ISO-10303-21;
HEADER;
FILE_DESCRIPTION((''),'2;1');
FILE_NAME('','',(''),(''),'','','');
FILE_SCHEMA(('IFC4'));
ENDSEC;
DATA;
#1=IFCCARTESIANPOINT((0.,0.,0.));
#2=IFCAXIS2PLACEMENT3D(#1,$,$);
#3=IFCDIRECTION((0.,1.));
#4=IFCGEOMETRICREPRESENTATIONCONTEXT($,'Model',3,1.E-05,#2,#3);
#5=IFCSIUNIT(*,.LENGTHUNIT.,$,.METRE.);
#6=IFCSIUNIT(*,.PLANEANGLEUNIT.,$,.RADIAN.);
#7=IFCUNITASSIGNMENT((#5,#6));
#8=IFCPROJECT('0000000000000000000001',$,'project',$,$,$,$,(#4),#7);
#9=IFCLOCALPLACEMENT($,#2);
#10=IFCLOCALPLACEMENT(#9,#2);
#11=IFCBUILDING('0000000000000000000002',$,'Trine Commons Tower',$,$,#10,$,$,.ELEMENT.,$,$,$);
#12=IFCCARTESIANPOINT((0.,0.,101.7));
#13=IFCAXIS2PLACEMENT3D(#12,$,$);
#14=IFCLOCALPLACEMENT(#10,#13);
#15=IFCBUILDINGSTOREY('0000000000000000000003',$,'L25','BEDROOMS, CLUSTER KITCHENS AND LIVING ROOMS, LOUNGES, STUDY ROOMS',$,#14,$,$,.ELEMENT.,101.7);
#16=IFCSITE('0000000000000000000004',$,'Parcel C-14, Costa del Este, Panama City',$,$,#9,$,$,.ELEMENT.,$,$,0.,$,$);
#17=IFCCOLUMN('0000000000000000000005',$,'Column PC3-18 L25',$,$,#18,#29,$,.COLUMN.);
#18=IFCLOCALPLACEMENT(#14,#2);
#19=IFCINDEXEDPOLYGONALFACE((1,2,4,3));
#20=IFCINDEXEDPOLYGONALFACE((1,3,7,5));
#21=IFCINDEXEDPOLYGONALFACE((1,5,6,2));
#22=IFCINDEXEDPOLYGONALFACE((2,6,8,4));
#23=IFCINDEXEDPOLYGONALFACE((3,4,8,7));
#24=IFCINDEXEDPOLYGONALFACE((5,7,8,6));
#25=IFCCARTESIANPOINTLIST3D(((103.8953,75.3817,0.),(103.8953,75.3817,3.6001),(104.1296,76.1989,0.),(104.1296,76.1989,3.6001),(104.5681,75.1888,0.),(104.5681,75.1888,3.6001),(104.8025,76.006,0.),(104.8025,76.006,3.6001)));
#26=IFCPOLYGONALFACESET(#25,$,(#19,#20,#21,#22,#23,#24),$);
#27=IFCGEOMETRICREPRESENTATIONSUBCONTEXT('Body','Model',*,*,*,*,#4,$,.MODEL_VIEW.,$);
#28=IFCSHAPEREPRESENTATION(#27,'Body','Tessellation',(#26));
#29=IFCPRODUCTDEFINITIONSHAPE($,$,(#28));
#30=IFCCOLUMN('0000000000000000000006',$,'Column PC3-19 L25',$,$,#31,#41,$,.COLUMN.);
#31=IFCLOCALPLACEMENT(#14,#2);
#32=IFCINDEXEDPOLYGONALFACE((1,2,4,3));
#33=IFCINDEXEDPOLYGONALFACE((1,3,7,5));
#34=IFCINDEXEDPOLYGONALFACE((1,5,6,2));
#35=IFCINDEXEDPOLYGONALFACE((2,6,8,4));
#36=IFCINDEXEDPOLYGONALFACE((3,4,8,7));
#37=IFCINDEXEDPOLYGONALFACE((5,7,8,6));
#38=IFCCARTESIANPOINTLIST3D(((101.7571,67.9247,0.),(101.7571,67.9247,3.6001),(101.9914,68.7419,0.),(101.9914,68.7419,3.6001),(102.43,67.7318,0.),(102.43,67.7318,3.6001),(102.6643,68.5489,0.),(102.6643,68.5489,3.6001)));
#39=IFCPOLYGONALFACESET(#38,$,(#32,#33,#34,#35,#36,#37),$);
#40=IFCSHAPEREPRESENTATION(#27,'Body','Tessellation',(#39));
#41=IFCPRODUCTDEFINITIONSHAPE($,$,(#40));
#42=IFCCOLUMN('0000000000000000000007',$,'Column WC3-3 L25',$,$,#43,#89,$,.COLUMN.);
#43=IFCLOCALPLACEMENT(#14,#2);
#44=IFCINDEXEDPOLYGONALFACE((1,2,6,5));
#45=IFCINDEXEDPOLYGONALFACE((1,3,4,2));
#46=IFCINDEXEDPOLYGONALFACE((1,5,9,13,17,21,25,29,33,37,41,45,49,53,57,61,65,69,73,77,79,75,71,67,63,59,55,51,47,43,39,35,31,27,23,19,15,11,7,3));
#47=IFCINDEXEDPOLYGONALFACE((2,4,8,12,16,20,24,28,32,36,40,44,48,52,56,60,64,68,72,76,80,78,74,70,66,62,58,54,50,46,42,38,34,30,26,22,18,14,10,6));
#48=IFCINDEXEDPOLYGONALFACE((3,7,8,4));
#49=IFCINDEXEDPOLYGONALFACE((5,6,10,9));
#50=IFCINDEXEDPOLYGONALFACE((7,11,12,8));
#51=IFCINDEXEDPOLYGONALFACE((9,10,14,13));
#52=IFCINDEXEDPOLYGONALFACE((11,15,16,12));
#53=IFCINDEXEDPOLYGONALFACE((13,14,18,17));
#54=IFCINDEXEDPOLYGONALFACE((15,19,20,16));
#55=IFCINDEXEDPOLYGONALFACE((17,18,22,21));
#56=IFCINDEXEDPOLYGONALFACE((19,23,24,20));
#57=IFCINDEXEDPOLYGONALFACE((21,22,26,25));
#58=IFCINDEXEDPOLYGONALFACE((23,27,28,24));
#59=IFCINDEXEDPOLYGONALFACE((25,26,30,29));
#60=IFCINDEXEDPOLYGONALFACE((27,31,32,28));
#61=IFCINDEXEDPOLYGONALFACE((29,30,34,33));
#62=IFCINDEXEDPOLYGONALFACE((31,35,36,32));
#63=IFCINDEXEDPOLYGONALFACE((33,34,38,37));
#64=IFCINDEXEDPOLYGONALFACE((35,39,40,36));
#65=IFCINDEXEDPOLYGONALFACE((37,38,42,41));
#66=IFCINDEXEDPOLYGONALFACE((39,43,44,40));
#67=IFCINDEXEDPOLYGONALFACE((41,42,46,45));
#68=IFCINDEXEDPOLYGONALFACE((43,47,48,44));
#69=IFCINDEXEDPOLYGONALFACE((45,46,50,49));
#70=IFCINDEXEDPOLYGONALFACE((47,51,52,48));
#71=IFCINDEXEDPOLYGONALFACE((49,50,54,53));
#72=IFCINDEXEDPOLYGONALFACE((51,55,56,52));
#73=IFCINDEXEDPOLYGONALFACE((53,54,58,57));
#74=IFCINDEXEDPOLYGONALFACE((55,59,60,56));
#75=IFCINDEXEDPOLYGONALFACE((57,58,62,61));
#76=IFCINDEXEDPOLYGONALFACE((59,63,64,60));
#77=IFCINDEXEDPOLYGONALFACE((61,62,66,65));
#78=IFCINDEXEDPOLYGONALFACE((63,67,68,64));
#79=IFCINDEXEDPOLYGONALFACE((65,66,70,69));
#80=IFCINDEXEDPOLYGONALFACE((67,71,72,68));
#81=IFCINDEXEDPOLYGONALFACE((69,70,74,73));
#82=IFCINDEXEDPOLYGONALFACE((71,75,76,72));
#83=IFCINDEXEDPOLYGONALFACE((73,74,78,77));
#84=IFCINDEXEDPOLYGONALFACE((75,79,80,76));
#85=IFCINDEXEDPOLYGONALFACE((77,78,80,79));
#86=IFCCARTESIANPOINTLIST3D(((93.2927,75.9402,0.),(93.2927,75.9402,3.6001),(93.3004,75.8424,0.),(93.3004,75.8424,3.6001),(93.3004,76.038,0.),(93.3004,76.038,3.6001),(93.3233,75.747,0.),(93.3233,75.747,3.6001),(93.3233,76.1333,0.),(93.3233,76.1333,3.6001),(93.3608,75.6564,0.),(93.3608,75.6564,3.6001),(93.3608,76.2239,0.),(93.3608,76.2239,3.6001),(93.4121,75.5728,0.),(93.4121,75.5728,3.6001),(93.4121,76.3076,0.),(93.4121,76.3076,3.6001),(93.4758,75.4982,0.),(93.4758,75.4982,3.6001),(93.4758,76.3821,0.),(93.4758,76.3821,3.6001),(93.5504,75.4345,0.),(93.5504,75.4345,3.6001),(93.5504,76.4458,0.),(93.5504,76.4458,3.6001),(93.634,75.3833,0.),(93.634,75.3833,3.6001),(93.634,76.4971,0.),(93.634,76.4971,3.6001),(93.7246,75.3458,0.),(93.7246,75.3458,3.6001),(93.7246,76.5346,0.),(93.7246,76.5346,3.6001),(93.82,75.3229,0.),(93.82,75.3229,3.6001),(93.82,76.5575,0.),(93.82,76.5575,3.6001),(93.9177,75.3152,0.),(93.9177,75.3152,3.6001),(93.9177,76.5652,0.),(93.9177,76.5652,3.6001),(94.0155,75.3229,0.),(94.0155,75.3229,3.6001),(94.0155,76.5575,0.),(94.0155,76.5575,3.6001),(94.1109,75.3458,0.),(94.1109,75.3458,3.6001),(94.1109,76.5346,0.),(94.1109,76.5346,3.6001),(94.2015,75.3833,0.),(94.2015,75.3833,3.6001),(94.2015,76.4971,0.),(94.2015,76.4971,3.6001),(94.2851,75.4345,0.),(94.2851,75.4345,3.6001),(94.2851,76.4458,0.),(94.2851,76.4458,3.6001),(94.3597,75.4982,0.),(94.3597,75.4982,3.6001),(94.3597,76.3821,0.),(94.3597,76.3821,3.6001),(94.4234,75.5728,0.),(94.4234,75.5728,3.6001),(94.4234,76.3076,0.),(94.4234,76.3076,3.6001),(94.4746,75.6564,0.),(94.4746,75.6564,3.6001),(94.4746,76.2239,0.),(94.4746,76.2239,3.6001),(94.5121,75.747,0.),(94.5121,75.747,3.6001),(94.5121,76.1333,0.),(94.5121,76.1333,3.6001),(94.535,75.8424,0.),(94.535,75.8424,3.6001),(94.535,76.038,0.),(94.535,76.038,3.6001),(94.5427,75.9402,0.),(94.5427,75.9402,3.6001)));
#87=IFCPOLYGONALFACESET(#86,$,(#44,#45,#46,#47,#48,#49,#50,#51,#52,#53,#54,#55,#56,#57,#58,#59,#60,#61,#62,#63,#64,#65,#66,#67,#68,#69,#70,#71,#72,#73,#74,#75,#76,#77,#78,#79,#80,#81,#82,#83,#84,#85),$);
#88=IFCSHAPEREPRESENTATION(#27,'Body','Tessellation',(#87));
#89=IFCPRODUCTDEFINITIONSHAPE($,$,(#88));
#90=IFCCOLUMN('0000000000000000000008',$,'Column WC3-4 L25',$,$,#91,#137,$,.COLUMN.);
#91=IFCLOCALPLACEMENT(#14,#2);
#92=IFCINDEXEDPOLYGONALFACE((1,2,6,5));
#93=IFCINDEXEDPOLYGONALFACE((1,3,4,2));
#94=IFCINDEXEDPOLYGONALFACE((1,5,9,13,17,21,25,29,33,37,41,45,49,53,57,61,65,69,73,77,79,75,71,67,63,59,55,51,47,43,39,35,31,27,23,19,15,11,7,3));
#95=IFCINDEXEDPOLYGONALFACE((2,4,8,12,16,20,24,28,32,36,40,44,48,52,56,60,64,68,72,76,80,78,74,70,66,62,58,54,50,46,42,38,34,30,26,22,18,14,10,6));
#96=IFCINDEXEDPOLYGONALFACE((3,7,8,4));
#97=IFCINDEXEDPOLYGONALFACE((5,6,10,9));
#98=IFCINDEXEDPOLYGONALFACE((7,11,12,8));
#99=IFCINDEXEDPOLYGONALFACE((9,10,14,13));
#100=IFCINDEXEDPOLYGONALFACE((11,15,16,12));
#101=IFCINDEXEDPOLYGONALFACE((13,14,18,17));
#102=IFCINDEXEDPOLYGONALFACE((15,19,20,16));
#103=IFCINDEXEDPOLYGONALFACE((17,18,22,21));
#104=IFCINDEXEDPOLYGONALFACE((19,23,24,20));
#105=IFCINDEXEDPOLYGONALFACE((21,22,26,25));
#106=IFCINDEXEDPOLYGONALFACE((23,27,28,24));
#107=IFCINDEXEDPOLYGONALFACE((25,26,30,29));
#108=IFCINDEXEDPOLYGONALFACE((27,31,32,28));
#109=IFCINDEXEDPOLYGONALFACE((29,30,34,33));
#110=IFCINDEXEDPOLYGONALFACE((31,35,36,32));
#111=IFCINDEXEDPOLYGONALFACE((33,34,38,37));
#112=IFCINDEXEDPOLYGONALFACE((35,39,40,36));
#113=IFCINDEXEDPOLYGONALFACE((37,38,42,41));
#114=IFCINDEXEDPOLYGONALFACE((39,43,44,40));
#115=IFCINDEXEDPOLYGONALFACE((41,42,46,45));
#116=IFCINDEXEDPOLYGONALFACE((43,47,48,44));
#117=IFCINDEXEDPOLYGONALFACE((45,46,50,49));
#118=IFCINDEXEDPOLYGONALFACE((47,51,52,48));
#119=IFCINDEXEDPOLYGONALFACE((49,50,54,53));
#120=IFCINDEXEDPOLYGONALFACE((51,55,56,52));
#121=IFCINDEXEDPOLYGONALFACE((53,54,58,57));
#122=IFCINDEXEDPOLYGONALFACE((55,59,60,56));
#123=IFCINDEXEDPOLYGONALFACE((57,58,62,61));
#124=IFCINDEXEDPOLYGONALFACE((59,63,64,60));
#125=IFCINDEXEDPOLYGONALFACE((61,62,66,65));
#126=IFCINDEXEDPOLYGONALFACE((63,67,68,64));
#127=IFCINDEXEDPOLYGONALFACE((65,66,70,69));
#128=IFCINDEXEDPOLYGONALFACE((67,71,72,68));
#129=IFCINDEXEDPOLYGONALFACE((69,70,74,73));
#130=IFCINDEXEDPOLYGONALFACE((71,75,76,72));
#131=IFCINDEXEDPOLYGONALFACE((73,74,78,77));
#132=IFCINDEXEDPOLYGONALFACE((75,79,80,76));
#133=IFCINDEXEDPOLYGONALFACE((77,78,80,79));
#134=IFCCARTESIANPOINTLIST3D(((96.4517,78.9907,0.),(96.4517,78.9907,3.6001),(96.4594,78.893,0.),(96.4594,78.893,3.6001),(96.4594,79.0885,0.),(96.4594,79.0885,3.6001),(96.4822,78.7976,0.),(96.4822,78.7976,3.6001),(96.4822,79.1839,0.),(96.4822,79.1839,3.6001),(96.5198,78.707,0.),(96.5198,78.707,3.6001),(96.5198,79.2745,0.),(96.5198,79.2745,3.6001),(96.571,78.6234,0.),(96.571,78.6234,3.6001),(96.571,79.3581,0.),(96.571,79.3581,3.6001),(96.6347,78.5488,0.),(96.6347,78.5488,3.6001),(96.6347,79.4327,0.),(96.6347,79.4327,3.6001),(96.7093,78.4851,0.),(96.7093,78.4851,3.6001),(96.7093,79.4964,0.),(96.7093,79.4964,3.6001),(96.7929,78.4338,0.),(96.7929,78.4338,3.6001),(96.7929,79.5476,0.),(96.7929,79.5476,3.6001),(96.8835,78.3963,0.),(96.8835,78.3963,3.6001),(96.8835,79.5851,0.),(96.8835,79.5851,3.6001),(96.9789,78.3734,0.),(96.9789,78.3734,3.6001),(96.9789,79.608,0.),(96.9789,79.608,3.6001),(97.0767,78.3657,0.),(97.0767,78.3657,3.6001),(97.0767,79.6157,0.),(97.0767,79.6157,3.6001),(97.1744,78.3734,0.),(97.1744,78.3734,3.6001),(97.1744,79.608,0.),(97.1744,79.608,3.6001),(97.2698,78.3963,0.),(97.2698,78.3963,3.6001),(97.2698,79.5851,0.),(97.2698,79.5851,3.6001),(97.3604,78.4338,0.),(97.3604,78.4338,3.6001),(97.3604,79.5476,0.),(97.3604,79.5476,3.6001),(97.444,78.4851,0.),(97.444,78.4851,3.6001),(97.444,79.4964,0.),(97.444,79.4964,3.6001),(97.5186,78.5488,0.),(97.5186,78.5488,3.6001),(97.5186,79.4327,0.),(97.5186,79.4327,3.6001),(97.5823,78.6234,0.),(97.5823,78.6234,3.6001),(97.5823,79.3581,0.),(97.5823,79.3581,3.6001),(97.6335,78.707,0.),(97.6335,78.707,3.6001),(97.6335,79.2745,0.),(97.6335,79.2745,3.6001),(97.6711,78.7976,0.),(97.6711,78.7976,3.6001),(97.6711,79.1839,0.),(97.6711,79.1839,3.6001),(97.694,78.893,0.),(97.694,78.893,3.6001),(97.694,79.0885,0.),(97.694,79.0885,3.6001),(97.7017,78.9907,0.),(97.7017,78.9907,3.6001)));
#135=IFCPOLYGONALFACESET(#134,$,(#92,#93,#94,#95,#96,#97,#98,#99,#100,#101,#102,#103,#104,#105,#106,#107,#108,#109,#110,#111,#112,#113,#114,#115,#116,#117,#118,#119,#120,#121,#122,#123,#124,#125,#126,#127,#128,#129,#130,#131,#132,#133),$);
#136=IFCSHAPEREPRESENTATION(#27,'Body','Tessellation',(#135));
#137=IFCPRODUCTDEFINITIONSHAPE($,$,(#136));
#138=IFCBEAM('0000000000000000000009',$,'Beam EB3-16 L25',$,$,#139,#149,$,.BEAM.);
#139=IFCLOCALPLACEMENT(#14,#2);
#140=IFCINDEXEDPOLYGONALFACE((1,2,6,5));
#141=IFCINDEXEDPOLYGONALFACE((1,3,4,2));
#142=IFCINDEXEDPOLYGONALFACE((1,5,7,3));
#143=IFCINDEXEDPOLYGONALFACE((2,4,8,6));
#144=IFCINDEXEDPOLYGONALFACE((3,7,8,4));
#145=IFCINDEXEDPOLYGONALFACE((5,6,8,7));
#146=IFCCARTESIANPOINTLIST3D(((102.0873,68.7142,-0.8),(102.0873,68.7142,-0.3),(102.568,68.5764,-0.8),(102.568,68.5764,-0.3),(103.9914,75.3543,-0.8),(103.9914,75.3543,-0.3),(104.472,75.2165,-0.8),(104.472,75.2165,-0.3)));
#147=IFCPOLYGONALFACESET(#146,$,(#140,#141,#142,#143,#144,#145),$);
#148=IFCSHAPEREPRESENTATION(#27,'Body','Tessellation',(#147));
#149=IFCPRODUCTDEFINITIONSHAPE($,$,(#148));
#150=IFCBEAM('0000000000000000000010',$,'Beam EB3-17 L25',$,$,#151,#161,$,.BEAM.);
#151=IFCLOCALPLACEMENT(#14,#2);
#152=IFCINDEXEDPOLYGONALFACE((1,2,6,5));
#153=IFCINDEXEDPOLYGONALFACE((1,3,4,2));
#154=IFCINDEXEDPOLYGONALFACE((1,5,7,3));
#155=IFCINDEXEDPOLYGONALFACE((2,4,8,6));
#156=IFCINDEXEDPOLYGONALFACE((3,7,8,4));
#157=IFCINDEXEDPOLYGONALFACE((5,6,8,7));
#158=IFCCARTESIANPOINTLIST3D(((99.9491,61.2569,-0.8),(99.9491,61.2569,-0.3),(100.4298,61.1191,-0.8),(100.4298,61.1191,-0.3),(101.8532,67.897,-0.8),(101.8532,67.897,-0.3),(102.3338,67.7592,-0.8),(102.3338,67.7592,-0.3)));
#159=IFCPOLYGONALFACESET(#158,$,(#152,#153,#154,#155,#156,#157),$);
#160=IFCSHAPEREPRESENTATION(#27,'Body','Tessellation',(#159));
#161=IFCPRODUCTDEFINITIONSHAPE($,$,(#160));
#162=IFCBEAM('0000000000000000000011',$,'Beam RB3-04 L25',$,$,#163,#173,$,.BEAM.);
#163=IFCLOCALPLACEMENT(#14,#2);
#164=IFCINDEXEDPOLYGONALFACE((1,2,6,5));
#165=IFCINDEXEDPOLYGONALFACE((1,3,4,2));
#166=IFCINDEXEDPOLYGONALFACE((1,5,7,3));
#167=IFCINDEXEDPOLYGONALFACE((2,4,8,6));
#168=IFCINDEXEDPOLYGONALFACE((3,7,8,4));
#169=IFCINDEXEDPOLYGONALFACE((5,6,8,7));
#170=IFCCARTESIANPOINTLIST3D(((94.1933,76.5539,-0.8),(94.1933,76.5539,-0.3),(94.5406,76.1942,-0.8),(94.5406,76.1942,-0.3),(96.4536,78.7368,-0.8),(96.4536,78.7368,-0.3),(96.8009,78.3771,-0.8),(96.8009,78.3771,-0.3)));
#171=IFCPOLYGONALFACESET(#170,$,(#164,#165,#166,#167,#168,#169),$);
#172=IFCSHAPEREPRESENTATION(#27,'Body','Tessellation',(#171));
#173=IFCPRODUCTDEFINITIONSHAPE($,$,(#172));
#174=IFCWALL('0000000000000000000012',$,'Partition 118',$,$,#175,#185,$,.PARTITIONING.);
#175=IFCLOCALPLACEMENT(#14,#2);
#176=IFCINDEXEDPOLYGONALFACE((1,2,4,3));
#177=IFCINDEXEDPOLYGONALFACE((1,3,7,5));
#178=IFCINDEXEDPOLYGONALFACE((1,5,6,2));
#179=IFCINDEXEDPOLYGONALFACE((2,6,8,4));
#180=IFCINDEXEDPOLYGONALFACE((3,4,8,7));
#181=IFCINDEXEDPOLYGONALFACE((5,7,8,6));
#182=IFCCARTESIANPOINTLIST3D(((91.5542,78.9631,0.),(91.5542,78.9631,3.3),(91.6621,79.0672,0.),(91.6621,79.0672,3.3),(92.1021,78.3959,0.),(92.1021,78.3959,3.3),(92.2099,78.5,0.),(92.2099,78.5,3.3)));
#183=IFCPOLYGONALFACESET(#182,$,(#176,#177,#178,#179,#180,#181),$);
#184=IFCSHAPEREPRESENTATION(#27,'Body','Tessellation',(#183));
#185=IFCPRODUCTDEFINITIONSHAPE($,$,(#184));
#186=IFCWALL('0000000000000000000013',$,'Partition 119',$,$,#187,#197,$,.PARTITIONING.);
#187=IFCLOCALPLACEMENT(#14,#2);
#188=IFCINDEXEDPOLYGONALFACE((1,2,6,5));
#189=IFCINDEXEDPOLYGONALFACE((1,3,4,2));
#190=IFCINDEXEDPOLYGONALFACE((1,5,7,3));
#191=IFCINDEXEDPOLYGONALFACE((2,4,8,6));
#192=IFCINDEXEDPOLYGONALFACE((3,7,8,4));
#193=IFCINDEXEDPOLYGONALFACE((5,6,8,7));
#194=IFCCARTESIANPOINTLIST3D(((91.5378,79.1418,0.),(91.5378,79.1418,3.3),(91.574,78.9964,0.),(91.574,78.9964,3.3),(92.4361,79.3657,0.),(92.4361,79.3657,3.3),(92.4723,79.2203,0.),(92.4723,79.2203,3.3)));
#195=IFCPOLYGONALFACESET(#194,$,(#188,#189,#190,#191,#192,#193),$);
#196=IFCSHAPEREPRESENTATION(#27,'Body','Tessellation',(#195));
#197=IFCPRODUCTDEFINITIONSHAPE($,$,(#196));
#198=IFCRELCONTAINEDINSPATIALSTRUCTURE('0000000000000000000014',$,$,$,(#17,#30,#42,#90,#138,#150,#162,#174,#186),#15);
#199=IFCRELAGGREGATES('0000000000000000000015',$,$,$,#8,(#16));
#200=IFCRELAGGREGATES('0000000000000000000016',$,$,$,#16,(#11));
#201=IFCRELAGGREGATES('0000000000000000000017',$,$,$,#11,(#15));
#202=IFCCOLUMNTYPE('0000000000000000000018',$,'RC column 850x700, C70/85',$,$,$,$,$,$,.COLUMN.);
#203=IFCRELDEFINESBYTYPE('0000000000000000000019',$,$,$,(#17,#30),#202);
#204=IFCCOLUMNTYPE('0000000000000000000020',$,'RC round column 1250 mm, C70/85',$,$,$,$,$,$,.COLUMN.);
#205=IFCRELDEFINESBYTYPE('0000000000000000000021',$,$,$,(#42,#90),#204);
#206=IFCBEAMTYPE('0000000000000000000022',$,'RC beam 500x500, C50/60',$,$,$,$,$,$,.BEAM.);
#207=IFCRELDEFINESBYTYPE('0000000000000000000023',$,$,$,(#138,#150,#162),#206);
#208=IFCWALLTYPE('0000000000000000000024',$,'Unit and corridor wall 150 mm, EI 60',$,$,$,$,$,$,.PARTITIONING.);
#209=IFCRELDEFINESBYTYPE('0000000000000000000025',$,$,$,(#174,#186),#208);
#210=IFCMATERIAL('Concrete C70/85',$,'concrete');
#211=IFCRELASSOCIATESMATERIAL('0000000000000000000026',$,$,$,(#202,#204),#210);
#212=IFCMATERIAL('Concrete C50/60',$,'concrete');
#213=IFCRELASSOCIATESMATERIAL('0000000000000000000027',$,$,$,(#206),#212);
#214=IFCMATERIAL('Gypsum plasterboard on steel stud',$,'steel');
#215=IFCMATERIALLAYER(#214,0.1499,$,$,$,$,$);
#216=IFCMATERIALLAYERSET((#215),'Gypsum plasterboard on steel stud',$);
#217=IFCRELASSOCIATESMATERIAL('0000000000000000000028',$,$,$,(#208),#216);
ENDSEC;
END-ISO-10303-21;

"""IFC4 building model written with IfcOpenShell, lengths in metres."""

from ifc_helpers import new_model, si_unit, direction, frame, frame_2d, origin, origin_2d, place, context, subcontext, project, spatial, rectangle, circle, extrude, material, layer, layer_set, material_profile, profile_set, type_object, element, save


model = new_model("IFC4")

# Units and contexts
model_context = context("Model", 3, precision=1e-05, world=origin(), true_north=direction((0.0, 1.0)))
body_context = subcontext(model_context, "Body", "Model", "MODEL_VIEW")
ifc_project = project(units=[si_unit("LENGTHUNIT", "METRE"), si_unit("PLANEANGLEUNIT", "RADIAN")], contexts=[model_context])

# Site, building, storey
site_placement = place(None, origin())
site = spatial("IfcSite", under=ifc_project, at=site_placement, Name="Parcel C-14, Costa del Este, Panama City", CompositionType="ELEMENT", RefElevation=0.0)
building_placement = place(site_placement, origin())
building = spatial("IfcBuilding", under=site, at=building_placement, Name="Trine Commons Tower", CompositionType="ELEMENT")
storey_placement = place(building_placement, frame((0.0, 0.0, 101.7)))
storey = spatial("IfcBuildingStorey", under=building, at=storey_placement, Name="L25", Description="BEDROOMS, CLUSTER KITCHENS AND LIVING ROOMS, LOUNGES, STUDY ROOMS", CompositionType="ELEMENT", Elevation=101.7)

# Columns
ifc_material_1 = material(Name="Concrete C70/85", Category="concrete")
ifc_material_profile_1 = material_profile(ifc_material_1, rectangle(XDim=0.8501, YDim=0.7, at=origin_2d()), Name="RC 850x700")
ifc_profile_set_1 = profile_set([ifc_material_profile_1], Name="Concrete C70/85")
column_type_1 = type_object("IfcColumnType", Name="RC column 850x700, C70/85", PredefinedType="COLUMN", material=ifc_profile_set_1)
for number, where, z_axis, x_axis, name in (
    (1, (104.3489, 75.6938, 0.0), (0.0, 0.0, 1.0), (0.275637, 0.961262, 0.0), "Column PC3-18 L25"),
    (2, (102.2107, 68.2368, 0.0), (0.0, 0.0, 1.0), (0.275637, 0.961262, 0.0), "Column PC3-19 L25"),
):
    element("IfcColumn", number, at=place(storey_placement, frame(where, z_axis=z_axis, x_axis=x_axis)), inside=storey, type_object=column_type_1, Name=name, PredefinedType="COLUMN", context=body_context, shape_type="SweptSolid", body=[
        extrude(rectangle(XDim=0.8501, YDim=0.7, at=origin_2d()), origin(), (0.0, 0.0, 1.0), 3.6001),
    ])
ifc_material_profile_2 = material_profile(ifc_material_1, circle(Radius=0.625, at=origin_2d()), Name="RC round 1250")
ifc_profile_set_2 = profile_set([ifc_material_profile_2], Name="Concrete C70/85")
column_type_2 = type_object("IfcColumnType", Name="RC round column 1250 mm, C70/85", PredefinedType="COLUMN", material=ifc_profile_set_2)
for number, where, z_axis, x_axis, name in (
    (3, (93.9177, 75.9402, 0.0), (0.0, 0.0, 1.0), (1.0, 0.0, 0.0), "Column WC3-3 L25"),
    (4, (97.0767, 78.9907, 0.0), (0.0, 0.0, 1.0), (1.0, 0.0, 0.0), "Column WC3-4 L25"),
):
    element("IfcColumn", number, at=place(storey_placement, frame(where, z_axis=z_axis, x_axis=x_axis)), inside=storey, type_object=column_type_2, Name=name, PredefinedType="COLUMN", context=body_context, shape_type="SweptSolid", body=[
        extrude(circle(Radius=0.625, at=origin_2d()), origin(), (0.0, 0.0, 1.0), 3.6001),
    ])

# Beams
ifc_material_2 = material(Name="Concrete C50/60", Category="concrete")
ifc_material_profile_3 = material_profile(ifc_material_2, rectangle(XDim=0.5, YDim=0.5, at=origin_2d()), Name="RC 500x500")
ifc_profile_set_3 = profile_set([ifc_material_profile_3], Name="Concrete C50/60")
beam_type = type_object("IfcBeamType", Name="RC beam 500x500, C50/60", PredefinedType="BEAM", material=ifc_profile_set_3)
for number, where, z_axis, x_axis, name in (
    (5, (104.2317, 75.2854, -0.55), (-0.275641, -0.961261, 0.0), (0.961261, -0.275641, 0.0), "Beam EB3-16 L25"),
    (6, (102.0935, 67.8281, -0.55), (-0.275641, -0.961261, 0.0), (0.961261, -0.275641, 0.0), "Beam EB3-17 L25"),
):
    element("IfcBeam", number, at=place(storey_placement, frame(where, z_axis=z_axis, x_axis=x_axis)), inside=storey, type_object=beam_type, Name=name, PredefinedType="BEAM", context=body_context, shape_type="SweptSolid", body=[
        extrude(rectangle(XDim=0.5, YDim=0.5, at=origin_2d()), origin(), (0.0, 0.0, 1.0), 6.9077),
    ])
beam_placement = place(storey_placement, frame((94.3669, 76.374, -0.55), z_axis=(0.719314, 0.694685, 0.0), x_axis=(-0.694685, 0.719314, 0.0)))
element("IfcBeam", 7, at=beam_placement, inside=storey, type_object=beam_type, Name="Beam RB3-04 L25", PredefinedType="BEAM", context=body_context, shape_type="SweptSolid", body=[
    extrude(rectangle(XDim=0.5, YDim=0.5, at=origin_2d()), origin(), (0.0, 0.0, 1.0), 3.1423),
])

# Walls
ifc_material_3 = material(Name="Gypsum plasterboard on steel stud", Category="steel")
ifc_layer_1 = layer(ifc_material_3, 0.1499)
ifc_layer_set_1 = layer_set([ifc_layer_1], Name="Gypsum plasterboard on steel stud")
wall_type_1 = type_object("IfcWallType", Name="Unit and corridor wall 150 mm, EI 60", PredefinedType="PARTITIONING", material=ifc_layer_set_1)
wall_1_placement = place(storey_placement, frame((91.6082, 79.0151, 0.0), z_axis=(0.0, 0.0, 1.0), x_axis=(0.694771, -0.719231, 0.0)))
element("IfcWall", 8, at=wall_1_placement, inside=storey, type_object=wall_type_1, Name="Partition 118", PredefinedType="PARTITIONING", context=body_context, shape_type="SweptSolid", body=[
    extrude(rectangle(XDim=0.7886, YDim=0.1499, at=frame_2d((0.3943, 0.0))), origin(), (0.0, 0.0, 1.0), 3.3),
])
wall_2_placement = place(storey_placement, frame((91.5559, 79.0691, 0.0), z_axis=(0.0, 0.0, 1.0), x_axis=(0.970313, 0.241853, 0.0)))
element("IfcWall", 9, at=wall_2_placement, inside=storey, type_object=wall_type_1, Name="Partition 119", PredefinedType="PARTITIONING", context=body_context, shape_type="SweptSolid", body=[
    extrude(rectangle(XDim=0.9258, YDim=0.1499, at=frame_2d((0.4629, 0.0))), origin(), (0.0, 0.0, 1.0), 3.3),
])

save(model, "model.ifc")
